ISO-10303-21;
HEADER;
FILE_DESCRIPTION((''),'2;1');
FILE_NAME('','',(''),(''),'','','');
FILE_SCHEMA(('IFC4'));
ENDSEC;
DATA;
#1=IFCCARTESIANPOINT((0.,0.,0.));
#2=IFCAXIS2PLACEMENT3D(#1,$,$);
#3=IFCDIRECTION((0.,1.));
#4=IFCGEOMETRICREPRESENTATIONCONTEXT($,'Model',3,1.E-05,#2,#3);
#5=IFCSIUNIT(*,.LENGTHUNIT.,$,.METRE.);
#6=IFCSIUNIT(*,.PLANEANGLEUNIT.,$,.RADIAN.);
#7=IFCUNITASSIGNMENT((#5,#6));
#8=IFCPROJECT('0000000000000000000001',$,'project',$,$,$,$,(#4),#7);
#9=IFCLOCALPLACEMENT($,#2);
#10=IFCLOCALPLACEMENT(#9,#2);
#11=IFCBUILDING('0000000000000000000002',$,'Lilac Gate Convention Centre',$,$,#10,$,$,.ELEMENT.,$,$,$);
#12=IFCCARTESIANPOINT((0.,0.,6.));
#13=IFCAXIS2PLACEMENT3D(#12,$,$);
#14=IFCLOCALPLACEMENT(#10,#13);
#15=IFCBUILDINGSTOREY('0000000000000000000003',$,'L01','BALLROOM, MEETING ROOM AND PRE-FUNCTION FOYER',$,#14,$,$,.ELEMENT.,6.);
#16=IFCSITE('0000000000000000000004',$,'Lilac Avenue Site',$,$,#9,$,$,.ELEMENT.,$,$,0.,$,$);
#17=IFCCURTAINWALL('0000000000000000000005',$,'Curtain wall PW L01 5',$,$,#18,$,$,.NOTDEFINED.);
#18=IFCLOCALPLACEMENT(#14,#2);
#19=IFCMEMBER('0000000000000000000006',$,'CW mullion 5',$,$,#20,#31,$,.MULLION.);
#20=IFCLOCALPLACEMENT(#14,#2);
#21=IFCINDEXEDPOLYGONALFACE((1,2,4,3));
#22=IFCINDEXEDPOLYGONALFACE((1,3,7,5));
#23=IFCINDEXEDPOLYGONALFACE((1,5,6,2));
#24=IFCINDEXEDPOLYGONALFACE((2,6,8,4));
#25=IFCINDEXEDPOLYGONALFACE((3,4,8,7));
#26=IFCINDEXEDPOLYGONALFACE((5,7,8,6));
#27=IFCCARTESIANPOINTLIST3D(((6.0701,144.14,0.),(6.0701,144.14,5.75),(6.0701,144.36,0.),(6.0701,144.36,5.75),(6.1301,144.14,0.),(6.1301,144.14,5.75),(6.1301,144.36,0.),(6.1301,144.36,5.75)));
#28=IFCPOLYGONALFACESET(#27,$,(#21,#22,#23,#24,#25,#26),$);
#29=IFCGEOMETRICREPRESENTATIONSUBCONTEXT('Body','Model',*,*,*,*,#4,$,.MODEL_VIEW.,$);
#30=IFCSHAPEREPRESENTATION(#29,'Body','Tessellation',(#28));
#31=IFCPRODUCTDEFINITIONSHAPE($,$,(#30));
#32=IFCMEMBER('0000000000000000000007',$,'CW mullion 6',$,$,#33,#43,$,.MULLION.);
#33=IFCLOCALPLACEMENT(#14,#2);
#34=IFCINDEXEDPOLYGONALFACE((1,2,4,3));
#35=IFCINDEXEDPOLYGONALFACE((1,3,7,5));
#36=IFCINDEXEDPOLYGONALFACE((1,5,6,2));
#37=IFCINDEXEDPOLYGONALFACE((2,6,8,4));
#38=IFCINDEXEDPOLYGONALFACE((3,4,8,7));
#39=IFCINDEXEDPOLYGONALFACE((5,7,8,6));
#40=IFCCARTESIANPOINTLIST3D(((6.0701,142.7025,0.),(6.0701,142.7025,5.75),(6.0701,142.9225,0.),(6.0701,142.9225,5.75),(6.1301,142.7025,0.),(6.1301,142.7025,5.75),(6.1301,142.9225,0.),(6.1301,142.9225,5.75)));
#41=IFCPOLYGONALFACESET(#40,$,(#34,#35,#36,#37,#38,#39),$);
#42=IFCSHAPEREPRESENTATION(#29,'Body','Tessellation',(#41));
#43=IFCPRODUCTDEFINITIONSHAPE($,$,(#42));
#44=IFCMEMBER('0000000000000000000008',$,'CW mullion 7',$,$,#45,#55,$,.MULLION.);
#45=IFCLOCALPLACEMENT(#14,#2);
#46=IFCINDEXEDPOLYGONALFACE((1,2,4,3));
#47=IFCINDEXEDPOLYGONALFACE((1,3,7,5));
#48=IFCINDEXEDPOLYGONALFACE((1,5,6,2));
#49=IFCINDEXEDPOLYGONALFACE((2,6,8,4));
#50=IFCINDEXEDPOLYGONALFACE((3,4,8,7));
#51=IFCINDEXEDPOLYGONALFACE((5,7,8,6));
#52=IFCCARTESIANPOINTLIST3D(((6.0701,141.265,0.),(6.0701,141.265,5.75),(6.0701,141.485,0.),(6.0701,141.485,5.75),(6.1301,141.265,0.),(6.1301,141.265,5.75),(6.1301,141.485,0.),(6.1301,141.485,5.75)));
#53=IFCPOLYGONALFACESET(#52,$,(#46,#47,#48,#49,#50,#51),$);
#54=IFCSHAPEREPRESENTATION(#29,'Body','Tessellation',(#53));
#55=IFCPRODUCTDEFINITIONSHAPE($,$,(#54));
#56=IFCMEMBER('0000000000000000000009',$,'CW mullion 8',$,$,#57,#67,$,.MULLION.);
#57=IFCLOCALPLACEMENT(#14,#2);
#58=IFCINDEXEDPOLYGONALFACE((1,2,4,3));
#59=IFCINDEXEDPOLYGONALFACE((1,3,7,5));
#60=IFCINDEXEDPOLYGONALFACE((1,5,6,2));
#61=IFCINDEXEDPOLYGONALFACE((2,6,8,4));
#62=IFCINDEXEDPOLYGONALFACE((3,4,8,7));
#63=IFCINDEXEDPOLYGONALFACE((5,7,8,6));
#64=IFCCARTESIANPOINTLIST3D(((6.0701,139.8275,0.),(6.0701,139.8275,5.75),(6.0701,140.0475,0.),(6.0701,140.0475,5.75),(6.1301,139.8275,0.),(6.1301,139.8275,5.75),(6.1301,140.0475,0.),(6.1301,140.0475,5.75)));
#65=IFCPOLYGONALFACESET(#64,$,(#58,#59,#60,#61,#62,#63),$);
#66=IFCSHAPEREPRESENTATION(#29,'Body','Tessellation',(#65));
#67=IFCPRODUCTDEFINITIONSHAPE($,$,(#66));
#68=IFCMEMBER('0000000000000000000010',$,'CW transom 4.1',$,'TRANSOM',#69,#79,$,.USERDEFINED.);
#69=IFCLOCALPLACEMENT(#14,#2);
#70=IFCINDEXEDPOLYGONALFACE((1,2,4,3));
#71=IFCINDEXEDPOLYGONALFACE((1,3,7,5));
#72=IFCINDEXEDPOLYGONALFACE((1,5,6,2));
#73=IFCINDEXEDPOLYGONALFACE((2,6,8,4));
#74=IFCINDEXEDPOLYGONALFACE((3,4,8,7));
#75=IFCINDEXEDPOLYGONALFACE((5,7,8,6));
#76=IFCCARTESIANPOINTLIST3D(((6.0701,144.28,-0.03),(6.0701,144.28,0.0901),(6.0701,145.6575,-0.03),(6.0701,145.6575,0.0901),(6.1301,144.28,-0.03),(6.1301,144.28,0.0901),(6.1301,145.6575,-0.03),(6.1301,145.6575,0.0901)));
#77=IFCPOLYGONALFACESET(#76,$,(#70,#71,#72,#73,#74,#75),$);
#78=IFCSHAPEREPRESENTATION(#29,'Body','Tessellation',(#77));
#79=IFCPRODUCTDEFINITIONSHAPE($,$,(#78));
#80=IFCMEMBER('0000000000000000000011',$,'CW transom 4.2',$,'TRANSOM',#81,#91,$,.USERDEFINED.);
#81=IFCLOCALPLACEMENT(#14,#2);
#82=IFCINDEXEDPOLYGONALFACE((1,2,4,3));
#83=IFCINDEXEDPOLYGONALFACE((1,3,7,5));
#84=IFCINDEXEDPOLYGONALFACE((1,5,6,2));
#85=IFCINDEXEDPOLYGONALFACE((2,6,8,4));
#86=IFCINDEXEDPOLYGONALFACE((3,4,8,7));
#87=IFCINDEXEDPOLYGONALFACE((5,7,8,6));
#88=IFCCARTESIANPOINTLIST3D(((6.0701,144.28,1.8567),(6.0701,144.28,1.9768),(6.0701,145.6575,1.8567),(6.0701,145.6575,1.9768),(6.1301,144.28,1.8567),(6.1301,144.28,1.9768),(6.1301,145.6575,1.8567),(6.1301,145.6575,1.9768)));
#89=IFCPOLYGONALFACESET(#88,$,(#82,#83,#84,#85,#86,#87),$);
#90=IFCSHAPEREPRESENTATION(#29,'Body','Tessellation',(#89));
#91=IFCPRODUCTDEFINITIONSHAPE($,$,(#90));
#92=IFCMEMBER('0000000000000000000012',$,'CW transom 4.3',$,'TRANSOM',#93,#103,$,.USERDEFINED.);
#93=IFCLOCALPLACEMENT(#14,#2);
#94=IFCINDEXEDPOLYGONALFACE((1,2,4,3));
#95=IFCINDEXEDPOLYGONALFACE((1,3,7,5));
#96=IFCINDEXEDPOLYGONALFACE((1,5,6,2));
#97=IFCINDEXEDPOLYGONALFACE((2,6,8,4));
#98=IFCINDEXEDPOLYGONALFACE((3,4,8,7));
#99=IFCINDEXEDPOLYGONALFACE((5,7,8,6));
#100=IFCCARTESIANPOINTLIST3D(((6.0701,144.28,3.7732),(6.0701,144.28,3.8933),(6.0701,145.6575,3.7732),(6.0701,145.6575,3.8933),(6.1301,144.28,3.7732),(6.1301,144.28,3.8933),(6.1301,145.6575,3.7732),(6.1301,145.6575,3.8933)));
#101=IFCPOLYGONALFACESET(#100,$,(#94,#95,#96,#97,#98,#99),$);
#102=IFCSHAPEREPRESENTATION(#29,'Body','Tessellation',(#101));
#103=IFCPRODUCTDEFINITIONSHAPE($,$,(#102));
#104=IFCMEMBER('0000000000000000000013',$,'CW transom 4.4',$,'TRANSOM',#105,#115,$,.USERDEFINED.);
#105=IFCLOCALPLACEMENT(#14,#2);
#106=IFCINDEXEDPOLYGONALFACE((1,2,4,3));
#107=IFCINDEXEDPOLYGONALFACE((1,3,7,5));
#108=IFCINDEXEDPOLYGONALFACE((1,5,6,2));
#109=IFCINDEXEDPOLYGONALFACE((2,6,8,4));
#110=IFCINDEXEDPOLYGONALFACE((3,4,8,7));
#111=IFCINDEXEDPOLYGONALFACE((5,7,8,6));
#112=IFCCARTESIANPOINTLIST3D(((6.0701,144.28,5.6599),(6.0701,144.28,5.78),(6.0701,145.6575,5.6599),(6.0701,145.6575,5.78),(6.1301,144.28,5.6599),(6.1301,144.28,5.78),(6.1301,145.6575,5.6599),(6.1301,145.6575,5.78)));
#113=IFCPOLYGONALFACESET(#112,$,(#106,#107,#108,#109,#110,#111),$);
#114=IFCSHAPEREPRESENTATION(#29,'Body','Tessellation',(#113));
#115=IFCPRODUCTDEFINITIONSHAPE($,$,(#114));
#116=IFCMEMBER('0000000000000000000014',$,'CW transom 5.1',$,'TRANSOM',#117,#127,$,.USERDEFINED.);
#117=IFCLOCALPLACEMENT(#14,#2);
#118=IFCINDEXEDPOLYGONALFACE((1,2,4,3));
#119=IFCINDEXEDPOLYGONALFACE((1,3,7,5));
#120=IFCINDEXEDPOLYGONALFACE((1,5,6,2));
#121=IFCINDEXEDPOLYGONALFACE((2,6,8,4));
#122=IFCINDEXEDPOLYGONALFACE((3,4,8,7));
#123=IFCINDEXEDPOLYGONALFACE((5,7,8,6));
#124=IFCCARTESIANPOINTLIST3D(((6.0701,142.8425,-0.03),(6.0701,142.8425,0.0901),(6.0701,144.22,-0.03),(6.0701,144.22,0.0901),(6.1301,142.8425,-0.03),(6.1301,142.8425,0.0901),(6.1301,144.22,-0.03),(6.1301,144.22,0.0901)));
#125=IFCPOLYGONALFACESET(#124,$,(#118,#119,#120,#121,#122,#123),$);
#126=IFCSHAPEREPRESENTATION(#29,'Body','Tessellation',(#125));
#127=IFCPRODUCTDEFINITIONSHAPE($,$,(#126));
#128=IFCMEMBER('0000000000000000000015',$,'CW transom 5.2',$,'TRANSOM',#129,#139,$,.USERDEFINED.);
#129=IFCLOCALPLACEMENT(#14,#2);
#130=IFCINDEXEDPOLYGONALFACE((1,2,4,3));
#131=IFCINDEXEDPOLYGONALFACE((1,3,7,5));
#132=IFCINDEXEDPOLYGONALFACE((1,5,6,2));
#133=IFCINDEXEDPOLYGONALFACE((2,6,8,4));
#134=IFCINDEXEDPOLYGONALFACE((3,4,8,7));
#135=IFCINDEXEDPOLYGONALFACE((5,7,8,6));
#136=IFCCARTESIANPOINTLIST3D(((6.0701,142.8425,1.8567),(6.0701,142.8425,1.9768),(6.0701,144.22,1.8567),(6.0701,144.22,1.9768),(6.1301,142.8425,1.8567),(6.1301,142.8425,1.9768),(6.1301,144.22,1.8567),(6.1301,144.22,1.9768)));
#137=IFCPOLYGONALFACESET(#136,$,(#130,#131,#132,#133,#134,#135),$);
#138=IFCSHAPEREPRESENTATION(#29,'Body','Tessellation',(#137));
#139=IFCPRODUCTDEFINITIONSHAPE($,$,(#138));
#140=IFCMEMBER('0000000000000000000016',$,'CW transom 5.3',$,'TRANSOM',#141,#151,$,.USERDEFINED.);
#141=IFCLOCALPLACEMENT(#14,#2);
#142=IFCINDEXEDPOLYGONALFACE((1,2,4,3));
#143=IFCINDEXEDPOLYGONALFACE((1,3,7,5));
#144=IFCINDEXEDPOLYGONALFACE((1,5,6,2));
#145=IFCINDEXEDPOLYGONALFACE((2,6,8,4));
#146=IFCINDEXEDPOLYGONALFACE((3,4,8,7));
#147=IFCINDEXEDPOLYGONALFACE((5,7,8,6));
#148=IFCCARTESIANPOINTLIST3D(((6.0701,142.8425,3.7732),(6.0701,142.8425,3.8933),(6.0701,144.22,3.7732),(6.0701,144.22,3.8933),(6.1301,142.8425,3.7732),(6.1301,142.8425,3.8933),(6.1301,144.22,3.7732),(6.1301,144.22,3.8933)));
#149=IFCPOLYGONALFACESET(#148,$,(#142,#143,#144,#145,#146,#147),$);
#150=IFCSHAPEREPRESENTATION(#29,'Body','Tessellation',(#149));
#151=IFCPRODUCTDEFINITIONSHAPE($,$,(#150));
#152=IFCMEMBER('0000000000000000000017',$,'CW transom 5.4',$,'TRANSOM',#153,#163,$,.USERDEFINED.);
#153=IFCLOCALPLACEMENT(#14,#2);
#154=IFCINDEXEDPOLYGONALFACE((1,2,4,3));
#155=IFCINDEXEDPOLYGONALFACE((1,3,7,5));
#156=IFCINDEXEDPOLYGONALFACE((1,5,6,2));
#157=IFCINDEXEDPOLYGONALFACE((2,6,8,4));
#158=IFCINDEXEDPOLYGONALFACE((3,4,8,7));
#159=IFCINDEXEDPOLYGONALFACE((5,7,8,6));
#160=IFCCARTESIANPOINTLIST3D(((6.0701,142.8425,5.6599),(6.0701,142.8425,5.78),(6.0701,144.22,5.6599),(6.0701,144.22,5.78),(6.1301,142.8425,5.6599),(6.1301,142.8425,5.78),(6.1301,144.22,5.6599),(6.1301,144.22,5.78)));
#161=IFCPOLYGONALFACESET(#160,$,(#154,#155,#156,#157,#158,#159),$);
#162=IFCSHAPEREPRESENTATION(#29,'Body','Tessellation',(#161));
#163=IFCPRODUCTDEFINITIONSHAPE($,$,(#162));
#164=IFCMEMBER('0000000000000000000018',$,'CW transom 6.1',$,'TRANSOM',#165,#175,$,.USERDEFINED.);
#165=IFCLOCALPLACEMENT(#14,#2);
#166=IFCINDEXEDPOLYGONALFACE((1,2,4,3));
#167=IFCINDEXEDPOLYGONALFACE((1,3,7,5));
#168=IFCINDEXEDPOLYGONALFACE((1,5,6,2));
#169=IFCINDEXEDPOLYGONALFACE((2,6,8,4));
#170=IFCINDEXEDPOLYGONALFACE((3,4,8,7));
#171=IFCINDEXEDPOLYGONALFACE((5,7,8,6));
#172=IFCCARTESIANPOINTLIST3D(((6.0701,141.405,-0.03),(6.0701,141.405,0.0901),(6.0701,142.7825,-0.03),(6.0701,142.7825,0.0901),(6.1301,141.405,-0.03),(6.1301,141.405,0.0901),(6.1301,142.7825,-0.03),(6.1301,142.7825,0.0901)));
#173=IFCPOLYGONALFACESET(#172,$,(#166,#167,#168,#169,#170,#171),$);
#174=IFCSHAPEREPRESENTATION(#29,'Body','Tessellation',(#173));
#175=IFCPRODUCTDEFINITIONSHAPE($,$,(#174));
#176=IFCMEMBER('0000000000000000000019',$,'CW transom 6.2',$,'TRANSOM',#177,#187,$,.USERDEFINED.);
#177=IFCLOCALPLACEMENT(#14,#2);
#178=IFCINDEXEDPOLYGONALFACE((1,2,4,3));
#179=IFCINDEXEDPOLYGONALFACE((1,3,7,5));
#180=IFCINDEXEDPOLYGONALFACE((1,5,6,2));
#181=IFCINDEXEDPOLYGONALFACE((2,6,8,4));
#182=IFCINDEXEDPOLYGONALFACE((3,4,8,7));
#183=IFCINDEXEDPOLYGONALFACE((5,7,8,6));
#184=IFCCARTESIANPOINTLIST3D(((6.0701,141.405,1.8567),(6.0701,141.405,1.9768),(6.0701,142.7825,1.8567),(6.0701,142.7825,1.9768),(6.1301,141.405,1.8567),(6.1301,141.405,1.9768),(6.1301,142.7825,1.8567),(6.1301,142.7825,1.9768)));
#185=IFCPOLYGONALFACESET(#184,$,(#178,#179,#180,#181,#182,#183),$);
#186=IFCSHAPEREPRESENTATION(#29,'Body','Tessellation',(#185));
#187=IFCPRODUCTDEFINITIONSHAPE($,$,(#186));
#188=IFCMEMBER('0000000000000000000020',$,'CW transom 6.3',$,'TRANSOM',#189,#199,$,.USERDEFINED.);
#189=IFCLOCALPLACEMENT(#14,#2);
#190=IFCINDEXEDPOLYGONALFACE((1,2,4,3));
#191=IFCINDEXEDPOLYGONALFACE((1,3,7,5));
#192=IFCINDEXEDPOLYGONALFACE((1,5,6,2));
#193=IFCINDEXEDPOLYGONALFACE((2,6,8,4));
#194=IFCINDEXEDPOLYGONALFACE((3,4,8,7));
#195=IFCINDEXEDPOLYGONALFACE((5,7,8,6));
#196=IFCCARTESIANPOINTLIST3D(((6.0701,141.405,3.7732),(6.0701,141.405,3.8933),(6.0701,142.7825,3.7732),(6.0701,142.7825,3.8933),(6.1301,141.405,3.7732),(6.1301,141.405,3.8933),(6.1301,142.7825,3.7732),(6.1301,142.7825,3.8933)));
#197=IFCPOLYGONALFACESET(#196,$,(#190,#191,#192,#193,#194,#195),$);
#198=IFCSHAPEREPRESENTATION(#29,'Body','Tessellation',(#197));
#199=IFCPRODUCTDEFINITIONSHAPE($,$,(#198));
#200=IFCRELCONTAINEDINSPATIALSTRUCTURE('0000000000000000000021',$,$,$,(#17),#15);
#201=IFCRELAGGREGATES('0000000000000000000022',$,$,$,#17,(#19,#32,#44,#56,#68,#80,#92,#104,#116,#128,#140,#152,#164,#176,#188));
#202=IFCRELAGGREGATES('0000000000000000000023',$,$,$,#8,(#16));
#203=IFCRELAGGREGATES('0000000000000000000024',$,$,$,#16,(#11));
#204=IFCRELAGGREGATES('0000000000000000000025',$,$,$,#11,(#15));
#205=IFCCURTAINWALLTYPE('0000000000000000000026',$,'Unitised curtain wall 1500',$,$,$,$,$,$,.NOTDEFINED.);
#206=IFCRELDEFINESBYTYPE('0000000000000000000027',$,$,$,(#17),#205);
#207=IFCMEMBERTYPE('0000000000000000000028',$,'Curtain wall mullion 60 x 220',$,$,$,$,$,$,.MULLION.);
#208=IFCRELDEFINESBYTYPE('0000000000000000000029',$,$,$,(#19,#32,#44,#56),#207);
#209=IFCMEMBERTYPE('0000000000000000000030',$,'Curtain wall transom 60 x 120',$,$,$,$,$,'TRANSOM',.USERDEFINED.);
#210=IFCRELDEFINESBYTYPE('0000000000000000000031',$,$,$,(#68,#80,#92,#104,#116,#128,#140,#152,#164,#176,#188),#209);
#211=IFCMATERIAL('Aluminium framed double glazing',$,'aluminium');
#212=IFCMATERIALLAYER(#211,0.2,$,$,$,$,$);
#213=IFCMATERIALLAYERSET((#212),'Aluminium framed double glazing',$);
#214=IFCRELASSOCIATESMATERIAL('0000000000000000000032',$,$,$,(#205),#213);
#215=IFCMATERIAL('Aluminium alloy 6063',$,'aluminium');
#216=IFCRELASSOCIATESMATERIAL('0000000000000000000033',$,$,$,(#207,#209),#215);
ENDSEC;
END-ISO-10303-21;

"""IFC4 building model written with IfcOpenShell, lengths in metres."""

from ifc_helpers import new_model, si_unit, direction, frame, origin, origin_2d, place, context, subcontext, project, spatial, rectangle, extrude, material, layer, layer_set, material_profile, profile_set, type_object, element, aggregate, save


model = new_model("IFC4")

# Units and contexts
model_context = context("Model", 3, precision=1e-05, world=origin(), true_north=direction((0.0, 1.0)))
body_context = subcontext(model_context, "Body", "Model", "MODEL_VIEW")
ifc_project = project(units=[si_unit("LENGTHUNIT", "METRE"), si_unit("PLANEANGLEUNIT", "RADIAN")], contexts=[model_context])

# Site, building, storey
site_placement = place(None, origin())
site = spatial("IfcSite", under=ifc_project, at=site_placement, Name="Lilac Avenue Site", CompositionType="ELEMENT", RefElevation=0.0)
building_placement = place(site_placement, origin())
building = spatial("IfcBuilding", under=site, at=building_placement, Name="Lilac Gate Convention Centre", CompositionType="ELEMENT")
storey_placement = place(building_placement, frame((0.0, 0.0, 6.0)))
storey = spatial("IfcBuildingStorey", under=building, at=storey_placement, Name="L01", Description="BALLROOM, MEETING ROOM AND PRE-FUNCTION FOYER", CompositionType="ELEMENT", Elevation=6.0)

# Curtain wall, members
ifc_material_1 = material(Name="Aluminium framed double glazing", Category="aluminium")
ifc_layer_1 = layer(ifc_material_1, 0.2)
ifc_layer_set_1 = layer_set([ifc_layer_1], Name="Aluminium framed double glazing")
curtain_wall_type = type_object("IfcCurtainWallType", Name="Unitised curtain wall 1500", PredefinedType="NOTDEFINED", material=ifc_layer_set_1)
curtain_wall_placement = place(storey_placement, origin())
curtain_wall = element("IfcCurtainWall", 1, at=curtain_wall_placement, inside=storey, type_object=curtain_wall_type, Name="Curtain wall PW L01 5", PredefinedType="NOTDEFINED")
ifc_material_2 = material(Name="Aluminium alloy 6063", Category="aluminium")
ifc_material_profile_1 = material_profile(ifc_material_2, rectangle(XDim=0.0601, YDim=0.22, at=origin_2d()), Name="Curtain wall mullion 60 x 220")
ifc_profile_set_1 = profile_set([ifc_material_profile_1], Name="Aluminium alloy 6063")
member_type_1 = type_object("IfcMemberType", Name="Curtain wall mullion 60 x 220", PredefinedType="MULLION", material=ifc_profile_set_1)
member_1_placement = place(storey_placement, frame((6.1001, 144.25, 0.0), z_axis=(0.0, 0.0, 1.0), x_axis=(1.0, 0.0, 0.0)))
member_1 = element("IfcMember", 2, at=member_1_placement, type_object=member_type_1, Name="CW mullion 5", PredefinedType="MULLION", context=body_context, shape_type="SweptSolid", body=[
    extrude(rectangle(XDim=0.0601, YDim=0.22, at=origin_2d()), origin(), (0.0, 0.0, 1.0), 5.75),
])
member_2_placement = place(storey_placement, frame((6.1001, 142.8125, 0.0), z_axis=(0.0, 0.0, 1.0), x_axis=(1.0, 0.0, 0.0)))
member_2 = element("IfcMember", 3, at=member_2_placement, type_object=member_type_1, Name="CW mullion 6", PredefinedType="MULLION", context=body_context, shape_type="SweptSolid", body=[
    extrude(rectangle(XDim=0.0601, YDim=0.22, at=origin_2d()), origin(), (0.0, 0.0, 1.0), 5.75),
])
member_3_placement = place(storey_placement, frame((6.1001, 141.375, 0.0), z_axis=(0.0, 0.0, 1.0), x_axis=(1.0, 0.0, 0.0)))
member_3 = element("IfcMember", 4, at=member_3_placement, type_object=member_type_1, Name="CW mullion 7", PredefinedType="MULLION", context=body_context, shape_type="SweptSolid", body=[
    extrude(rectangle(XDim=0.0601, YDim=0.22, at=origin_2d()), origin(), (0.0, 0.0, 1.0), 5.75),
])
member_4_placement = place(storey_placement, frame((6.1001, 139.9375, 0.0), z_axis=(0.0, 0.0, 1.0), x_axis=(1.0, 0.0, 0.0)))
member_4 = element("IfcMember", 5, at=member_4_placement, type_object=member_type_1, Name="CW mullion 8", PredefinedType="MULLION", context=body_context, shape_type="SweptSolid", body=[
    extrude(rectangle(XDim=0.0601, YDim=0.22, at=origin_2d()), origin(), (0.0, 0.0, 1.0), 5.75),
])
ifc_material_profile_2 = material_profile(ifc_material_2, rectangle(XDim=0.0601, YDim=0.1201, at=origin_2d()), Name="Curtain wall transom 60 x 120")
ifc_profile_set_2 = profile_set([ifc_material_profile_2], Name="Aluminium alloy 6063")
member_type_2 = type_object("IfcMemberType", Name="Curtain wall transom 60 x 120", ElementType="TRANSOM", PredefinedType="USERDEFINED", material=ifc_profile_set_2)
member_5_placement = place(storey_placement, frame((6.1001, 145.6575, 0.03), z_axis=(0.0, -1.0, 0.0), x_axis=(1.0, 0.0, 0.0)))
member_5 = element("IfcMember", 6, at=member_5_placement, type_object=member_type_2, Name="CW transom 4.1", ObjectType="TRANSOM", PredefinedType="USERDEFINED", context=body_context, shape_type="SweptSolid", body=[
    extrude(rectangle(XDim=0.0601, YDim=0.1201, at=origin_2d()), origin(), (0.0, 0.0, 1.0), 1.3774),
])
member_6_placement = place(storey_placement, frame((6.1001, 145.6575, 1.9167), z_axis=(0.0, -1.0, 0.0), x_axis=(1.0, 0.0, 0.0)))
member_6 = element("IfcMember", 7, at=member_6_placement, type_object=member_type_2, Name="CW transom 4.2", ObjectType="TRANSOM", PredefinedType="USERDEFINED", context=body_context, shape_type="SweptSolid", body=[
    extrude(rectangle(XDim=0.0601, YDim=0.1201, at=origin_2d()), origin(), (0.0, 0.0, 1.0), 1.3774),
])
member_7_placement = place(storey_placement, frame((6.1001, 145.6575, 3.8333), z_axis=(0.0, -1.0, 0.0), x_axis=(1.0, 0.0, 0.0)))
member_7 = element("IfcMember", 8, at=member_7_placement, type_object=member_type_2, Name="CW transom 4.3", ObjectType="TRANSOM", PredefinedType="USERDEFINED", context=body_context, shape_type="SweptSolid", body=[
    extrude(rectangle(XDim=0.0601, YDim=0.1201, at=origin_2d()), origin(), (0.0, 0.0, 1.0), 1.3774),
])
member_8_placement = place(storey_placement, frame((6.1001, 145.6575, 5.72), z_axis=(0.0, -1.0, 0.0), x_axis=(1.0, 0.0, 0.0)))
member_8 = element("IfcMember", 9, at=member_8_placement, type_object=member_type_2, Name="CW transom 4.4", ObjectType="TRANSOM", PredefinedType="USERDEFINED", context=body_context, shape_type="SweptSolid", body=[
    extrude(rectangle(XDim=0.0601, YDim=0.1201, at=origin_2d()), origin(), (0.0, 0.0, 1.0), 1.3774),
])
member_9_placement = place(storey_placement, frame((6.1001, 144.22, 0.03), z_axis=(0.0, -1.0, 0.0), x_axis=(1.0, 0.0, 0.0)))
member_9 = element("IfcMember", 10, at=member_9_placement, type_object=member_type_2, Name="CW transom 5.1", ObjectType="TRANSOM", PredefinedType="USERDEFINED", context=body_context, shape_type="SweptSolid", body=[
    extrude(rectangle(XDim=0.0601, YDim=0.1201, at=origin_2d()), origin(), (0.0, 0.0, 1.0), 1.3774),
])
member_10_placement = place(storey_placement, frame((6.1001, 144.22, 1.9167), z_axis=(0.0, -1.0, 0.0), x_axis=(1.0, 0.0, 0.0)))
member_10 = element("IfcMember", 11, at=member_10_placement, type_object=member_type_2, Name="CW transom 5.2", ObjectType="TRANSOM", PredefinedType="USERDEFINED", context=body_context, shape_type="SweptSolid", body=[
    extrude(rectangle(XDim=0.0601, YDim=0.1201, at=origin_2d()), origin(), (0.0, 0.0, 1.0), 1.3774),
])
member_11_placement = place(storey_placement, frame((6.1001, 144.22, 3.8333), z_axis=(0.0, -1.0, 0.0), x_axis=(1.0, 0.0, 0.0)))
member_11 = element("IfcMember", 12, at=member_11_placement, type_object=member_type_2, Name="CW transom 5.3", ObjectType="TRANSOM", PredefinedType="USERDEFINED", context=body_context, shape_type="SweptSolid", body=[
    extrude(rectangle(XDim=0.0601, YDim=0.1201, at=origin_2d()), origin(), (0.0, 0.0, 1.0), 1.3774),
])
member_12_placement = place(storey_placement, frame((6.1001, 144.22, 5.72), z_axis=(0.0, -1.0, 0.0), x_axis=(1.0, 0.0, 0.0)))
member_12 = element("IfcMember", 13, at=member_12_placement, type_object=member_type_2, Name="CW transom 5.4", ObjectType="TRANSOM", PredefinedType="USERDEFINED", context=body_context, shape_type="SweptSolid", body=[
    extrude(rectangle(XDim=0.0601, YDim=0.1201, at=origin_2d()), origin(), (0.0, 0.0, 1.0), 1.3774),
])
member_13_placement = place(storey_placement, frame((6.1001, 142.7825, 0.03), z_axis=(0.0, -1.0, 0.0), x_axis=(1.0, 0.0, 0.0)))
member_13 = element("IfcMember", 14, at=member_13_placement, type_object=member_type_2, Name="CW transom 6.1", ObjectType="TRANSOM", PredefinedType="USERDEFINED", context=body_context, shape_type="SweptSolid", body=[
    extrude(rectangle(XDim=0.0601, YDim=0.1201, at=origin_2d()), origin(), (0.0, 0.0, 1.0), 1.3774),
])
member_14_placement = place(storey_placement, frame((6.1001, 142.7825, 1.9167), z_axis=(0.0, -1.0, 0.0), x_axis=(1.0, 0.0, 0.0)))
member_14 = element("IfcMember", 15, at=member_14_placement, type_object=member_type_2, Name="CW transom 6.2", ObjectType="TRANSOM", PredefinedType="USERDEFINED", context=body_context, shape_type="SweptSolid", body=[
    extrude(rectangle(XDim=0.0601, YDim=0.1201, at=origin_2d()), origin(), (0.0, 0.0, 1.0), 1.3774),
])
member_15_placement = place(storey_placement, frame((6.1001, 142.7825, 3.8333), z_axis=(0.0, -1.0, 0.0), x_axis=(1.0, 0.0, 0.0)))
member_15 = element("IfcMember", 16, at=member_15_placement, type_object=member_type_2, Name="CW transom 6.3", ObjectType="TRANSOM", PredefinedType="USERDEFINED", context=body_context, shape_type="SweptSolid", body=[
    extrude(rectangle(XDim=0.0601, YDim=0.1201, at=origin_2d()), origin(), (0.0, 0.0, 1.0), 1.3774),
])
aggregate(curtain_wall, [member_1, member_2, member_3, member_4, member_5, member_6, member_7, member_8, member_9, member_10, member_11, member_12, member_13, member_14, member_15])

save(model, "model.ifc")
